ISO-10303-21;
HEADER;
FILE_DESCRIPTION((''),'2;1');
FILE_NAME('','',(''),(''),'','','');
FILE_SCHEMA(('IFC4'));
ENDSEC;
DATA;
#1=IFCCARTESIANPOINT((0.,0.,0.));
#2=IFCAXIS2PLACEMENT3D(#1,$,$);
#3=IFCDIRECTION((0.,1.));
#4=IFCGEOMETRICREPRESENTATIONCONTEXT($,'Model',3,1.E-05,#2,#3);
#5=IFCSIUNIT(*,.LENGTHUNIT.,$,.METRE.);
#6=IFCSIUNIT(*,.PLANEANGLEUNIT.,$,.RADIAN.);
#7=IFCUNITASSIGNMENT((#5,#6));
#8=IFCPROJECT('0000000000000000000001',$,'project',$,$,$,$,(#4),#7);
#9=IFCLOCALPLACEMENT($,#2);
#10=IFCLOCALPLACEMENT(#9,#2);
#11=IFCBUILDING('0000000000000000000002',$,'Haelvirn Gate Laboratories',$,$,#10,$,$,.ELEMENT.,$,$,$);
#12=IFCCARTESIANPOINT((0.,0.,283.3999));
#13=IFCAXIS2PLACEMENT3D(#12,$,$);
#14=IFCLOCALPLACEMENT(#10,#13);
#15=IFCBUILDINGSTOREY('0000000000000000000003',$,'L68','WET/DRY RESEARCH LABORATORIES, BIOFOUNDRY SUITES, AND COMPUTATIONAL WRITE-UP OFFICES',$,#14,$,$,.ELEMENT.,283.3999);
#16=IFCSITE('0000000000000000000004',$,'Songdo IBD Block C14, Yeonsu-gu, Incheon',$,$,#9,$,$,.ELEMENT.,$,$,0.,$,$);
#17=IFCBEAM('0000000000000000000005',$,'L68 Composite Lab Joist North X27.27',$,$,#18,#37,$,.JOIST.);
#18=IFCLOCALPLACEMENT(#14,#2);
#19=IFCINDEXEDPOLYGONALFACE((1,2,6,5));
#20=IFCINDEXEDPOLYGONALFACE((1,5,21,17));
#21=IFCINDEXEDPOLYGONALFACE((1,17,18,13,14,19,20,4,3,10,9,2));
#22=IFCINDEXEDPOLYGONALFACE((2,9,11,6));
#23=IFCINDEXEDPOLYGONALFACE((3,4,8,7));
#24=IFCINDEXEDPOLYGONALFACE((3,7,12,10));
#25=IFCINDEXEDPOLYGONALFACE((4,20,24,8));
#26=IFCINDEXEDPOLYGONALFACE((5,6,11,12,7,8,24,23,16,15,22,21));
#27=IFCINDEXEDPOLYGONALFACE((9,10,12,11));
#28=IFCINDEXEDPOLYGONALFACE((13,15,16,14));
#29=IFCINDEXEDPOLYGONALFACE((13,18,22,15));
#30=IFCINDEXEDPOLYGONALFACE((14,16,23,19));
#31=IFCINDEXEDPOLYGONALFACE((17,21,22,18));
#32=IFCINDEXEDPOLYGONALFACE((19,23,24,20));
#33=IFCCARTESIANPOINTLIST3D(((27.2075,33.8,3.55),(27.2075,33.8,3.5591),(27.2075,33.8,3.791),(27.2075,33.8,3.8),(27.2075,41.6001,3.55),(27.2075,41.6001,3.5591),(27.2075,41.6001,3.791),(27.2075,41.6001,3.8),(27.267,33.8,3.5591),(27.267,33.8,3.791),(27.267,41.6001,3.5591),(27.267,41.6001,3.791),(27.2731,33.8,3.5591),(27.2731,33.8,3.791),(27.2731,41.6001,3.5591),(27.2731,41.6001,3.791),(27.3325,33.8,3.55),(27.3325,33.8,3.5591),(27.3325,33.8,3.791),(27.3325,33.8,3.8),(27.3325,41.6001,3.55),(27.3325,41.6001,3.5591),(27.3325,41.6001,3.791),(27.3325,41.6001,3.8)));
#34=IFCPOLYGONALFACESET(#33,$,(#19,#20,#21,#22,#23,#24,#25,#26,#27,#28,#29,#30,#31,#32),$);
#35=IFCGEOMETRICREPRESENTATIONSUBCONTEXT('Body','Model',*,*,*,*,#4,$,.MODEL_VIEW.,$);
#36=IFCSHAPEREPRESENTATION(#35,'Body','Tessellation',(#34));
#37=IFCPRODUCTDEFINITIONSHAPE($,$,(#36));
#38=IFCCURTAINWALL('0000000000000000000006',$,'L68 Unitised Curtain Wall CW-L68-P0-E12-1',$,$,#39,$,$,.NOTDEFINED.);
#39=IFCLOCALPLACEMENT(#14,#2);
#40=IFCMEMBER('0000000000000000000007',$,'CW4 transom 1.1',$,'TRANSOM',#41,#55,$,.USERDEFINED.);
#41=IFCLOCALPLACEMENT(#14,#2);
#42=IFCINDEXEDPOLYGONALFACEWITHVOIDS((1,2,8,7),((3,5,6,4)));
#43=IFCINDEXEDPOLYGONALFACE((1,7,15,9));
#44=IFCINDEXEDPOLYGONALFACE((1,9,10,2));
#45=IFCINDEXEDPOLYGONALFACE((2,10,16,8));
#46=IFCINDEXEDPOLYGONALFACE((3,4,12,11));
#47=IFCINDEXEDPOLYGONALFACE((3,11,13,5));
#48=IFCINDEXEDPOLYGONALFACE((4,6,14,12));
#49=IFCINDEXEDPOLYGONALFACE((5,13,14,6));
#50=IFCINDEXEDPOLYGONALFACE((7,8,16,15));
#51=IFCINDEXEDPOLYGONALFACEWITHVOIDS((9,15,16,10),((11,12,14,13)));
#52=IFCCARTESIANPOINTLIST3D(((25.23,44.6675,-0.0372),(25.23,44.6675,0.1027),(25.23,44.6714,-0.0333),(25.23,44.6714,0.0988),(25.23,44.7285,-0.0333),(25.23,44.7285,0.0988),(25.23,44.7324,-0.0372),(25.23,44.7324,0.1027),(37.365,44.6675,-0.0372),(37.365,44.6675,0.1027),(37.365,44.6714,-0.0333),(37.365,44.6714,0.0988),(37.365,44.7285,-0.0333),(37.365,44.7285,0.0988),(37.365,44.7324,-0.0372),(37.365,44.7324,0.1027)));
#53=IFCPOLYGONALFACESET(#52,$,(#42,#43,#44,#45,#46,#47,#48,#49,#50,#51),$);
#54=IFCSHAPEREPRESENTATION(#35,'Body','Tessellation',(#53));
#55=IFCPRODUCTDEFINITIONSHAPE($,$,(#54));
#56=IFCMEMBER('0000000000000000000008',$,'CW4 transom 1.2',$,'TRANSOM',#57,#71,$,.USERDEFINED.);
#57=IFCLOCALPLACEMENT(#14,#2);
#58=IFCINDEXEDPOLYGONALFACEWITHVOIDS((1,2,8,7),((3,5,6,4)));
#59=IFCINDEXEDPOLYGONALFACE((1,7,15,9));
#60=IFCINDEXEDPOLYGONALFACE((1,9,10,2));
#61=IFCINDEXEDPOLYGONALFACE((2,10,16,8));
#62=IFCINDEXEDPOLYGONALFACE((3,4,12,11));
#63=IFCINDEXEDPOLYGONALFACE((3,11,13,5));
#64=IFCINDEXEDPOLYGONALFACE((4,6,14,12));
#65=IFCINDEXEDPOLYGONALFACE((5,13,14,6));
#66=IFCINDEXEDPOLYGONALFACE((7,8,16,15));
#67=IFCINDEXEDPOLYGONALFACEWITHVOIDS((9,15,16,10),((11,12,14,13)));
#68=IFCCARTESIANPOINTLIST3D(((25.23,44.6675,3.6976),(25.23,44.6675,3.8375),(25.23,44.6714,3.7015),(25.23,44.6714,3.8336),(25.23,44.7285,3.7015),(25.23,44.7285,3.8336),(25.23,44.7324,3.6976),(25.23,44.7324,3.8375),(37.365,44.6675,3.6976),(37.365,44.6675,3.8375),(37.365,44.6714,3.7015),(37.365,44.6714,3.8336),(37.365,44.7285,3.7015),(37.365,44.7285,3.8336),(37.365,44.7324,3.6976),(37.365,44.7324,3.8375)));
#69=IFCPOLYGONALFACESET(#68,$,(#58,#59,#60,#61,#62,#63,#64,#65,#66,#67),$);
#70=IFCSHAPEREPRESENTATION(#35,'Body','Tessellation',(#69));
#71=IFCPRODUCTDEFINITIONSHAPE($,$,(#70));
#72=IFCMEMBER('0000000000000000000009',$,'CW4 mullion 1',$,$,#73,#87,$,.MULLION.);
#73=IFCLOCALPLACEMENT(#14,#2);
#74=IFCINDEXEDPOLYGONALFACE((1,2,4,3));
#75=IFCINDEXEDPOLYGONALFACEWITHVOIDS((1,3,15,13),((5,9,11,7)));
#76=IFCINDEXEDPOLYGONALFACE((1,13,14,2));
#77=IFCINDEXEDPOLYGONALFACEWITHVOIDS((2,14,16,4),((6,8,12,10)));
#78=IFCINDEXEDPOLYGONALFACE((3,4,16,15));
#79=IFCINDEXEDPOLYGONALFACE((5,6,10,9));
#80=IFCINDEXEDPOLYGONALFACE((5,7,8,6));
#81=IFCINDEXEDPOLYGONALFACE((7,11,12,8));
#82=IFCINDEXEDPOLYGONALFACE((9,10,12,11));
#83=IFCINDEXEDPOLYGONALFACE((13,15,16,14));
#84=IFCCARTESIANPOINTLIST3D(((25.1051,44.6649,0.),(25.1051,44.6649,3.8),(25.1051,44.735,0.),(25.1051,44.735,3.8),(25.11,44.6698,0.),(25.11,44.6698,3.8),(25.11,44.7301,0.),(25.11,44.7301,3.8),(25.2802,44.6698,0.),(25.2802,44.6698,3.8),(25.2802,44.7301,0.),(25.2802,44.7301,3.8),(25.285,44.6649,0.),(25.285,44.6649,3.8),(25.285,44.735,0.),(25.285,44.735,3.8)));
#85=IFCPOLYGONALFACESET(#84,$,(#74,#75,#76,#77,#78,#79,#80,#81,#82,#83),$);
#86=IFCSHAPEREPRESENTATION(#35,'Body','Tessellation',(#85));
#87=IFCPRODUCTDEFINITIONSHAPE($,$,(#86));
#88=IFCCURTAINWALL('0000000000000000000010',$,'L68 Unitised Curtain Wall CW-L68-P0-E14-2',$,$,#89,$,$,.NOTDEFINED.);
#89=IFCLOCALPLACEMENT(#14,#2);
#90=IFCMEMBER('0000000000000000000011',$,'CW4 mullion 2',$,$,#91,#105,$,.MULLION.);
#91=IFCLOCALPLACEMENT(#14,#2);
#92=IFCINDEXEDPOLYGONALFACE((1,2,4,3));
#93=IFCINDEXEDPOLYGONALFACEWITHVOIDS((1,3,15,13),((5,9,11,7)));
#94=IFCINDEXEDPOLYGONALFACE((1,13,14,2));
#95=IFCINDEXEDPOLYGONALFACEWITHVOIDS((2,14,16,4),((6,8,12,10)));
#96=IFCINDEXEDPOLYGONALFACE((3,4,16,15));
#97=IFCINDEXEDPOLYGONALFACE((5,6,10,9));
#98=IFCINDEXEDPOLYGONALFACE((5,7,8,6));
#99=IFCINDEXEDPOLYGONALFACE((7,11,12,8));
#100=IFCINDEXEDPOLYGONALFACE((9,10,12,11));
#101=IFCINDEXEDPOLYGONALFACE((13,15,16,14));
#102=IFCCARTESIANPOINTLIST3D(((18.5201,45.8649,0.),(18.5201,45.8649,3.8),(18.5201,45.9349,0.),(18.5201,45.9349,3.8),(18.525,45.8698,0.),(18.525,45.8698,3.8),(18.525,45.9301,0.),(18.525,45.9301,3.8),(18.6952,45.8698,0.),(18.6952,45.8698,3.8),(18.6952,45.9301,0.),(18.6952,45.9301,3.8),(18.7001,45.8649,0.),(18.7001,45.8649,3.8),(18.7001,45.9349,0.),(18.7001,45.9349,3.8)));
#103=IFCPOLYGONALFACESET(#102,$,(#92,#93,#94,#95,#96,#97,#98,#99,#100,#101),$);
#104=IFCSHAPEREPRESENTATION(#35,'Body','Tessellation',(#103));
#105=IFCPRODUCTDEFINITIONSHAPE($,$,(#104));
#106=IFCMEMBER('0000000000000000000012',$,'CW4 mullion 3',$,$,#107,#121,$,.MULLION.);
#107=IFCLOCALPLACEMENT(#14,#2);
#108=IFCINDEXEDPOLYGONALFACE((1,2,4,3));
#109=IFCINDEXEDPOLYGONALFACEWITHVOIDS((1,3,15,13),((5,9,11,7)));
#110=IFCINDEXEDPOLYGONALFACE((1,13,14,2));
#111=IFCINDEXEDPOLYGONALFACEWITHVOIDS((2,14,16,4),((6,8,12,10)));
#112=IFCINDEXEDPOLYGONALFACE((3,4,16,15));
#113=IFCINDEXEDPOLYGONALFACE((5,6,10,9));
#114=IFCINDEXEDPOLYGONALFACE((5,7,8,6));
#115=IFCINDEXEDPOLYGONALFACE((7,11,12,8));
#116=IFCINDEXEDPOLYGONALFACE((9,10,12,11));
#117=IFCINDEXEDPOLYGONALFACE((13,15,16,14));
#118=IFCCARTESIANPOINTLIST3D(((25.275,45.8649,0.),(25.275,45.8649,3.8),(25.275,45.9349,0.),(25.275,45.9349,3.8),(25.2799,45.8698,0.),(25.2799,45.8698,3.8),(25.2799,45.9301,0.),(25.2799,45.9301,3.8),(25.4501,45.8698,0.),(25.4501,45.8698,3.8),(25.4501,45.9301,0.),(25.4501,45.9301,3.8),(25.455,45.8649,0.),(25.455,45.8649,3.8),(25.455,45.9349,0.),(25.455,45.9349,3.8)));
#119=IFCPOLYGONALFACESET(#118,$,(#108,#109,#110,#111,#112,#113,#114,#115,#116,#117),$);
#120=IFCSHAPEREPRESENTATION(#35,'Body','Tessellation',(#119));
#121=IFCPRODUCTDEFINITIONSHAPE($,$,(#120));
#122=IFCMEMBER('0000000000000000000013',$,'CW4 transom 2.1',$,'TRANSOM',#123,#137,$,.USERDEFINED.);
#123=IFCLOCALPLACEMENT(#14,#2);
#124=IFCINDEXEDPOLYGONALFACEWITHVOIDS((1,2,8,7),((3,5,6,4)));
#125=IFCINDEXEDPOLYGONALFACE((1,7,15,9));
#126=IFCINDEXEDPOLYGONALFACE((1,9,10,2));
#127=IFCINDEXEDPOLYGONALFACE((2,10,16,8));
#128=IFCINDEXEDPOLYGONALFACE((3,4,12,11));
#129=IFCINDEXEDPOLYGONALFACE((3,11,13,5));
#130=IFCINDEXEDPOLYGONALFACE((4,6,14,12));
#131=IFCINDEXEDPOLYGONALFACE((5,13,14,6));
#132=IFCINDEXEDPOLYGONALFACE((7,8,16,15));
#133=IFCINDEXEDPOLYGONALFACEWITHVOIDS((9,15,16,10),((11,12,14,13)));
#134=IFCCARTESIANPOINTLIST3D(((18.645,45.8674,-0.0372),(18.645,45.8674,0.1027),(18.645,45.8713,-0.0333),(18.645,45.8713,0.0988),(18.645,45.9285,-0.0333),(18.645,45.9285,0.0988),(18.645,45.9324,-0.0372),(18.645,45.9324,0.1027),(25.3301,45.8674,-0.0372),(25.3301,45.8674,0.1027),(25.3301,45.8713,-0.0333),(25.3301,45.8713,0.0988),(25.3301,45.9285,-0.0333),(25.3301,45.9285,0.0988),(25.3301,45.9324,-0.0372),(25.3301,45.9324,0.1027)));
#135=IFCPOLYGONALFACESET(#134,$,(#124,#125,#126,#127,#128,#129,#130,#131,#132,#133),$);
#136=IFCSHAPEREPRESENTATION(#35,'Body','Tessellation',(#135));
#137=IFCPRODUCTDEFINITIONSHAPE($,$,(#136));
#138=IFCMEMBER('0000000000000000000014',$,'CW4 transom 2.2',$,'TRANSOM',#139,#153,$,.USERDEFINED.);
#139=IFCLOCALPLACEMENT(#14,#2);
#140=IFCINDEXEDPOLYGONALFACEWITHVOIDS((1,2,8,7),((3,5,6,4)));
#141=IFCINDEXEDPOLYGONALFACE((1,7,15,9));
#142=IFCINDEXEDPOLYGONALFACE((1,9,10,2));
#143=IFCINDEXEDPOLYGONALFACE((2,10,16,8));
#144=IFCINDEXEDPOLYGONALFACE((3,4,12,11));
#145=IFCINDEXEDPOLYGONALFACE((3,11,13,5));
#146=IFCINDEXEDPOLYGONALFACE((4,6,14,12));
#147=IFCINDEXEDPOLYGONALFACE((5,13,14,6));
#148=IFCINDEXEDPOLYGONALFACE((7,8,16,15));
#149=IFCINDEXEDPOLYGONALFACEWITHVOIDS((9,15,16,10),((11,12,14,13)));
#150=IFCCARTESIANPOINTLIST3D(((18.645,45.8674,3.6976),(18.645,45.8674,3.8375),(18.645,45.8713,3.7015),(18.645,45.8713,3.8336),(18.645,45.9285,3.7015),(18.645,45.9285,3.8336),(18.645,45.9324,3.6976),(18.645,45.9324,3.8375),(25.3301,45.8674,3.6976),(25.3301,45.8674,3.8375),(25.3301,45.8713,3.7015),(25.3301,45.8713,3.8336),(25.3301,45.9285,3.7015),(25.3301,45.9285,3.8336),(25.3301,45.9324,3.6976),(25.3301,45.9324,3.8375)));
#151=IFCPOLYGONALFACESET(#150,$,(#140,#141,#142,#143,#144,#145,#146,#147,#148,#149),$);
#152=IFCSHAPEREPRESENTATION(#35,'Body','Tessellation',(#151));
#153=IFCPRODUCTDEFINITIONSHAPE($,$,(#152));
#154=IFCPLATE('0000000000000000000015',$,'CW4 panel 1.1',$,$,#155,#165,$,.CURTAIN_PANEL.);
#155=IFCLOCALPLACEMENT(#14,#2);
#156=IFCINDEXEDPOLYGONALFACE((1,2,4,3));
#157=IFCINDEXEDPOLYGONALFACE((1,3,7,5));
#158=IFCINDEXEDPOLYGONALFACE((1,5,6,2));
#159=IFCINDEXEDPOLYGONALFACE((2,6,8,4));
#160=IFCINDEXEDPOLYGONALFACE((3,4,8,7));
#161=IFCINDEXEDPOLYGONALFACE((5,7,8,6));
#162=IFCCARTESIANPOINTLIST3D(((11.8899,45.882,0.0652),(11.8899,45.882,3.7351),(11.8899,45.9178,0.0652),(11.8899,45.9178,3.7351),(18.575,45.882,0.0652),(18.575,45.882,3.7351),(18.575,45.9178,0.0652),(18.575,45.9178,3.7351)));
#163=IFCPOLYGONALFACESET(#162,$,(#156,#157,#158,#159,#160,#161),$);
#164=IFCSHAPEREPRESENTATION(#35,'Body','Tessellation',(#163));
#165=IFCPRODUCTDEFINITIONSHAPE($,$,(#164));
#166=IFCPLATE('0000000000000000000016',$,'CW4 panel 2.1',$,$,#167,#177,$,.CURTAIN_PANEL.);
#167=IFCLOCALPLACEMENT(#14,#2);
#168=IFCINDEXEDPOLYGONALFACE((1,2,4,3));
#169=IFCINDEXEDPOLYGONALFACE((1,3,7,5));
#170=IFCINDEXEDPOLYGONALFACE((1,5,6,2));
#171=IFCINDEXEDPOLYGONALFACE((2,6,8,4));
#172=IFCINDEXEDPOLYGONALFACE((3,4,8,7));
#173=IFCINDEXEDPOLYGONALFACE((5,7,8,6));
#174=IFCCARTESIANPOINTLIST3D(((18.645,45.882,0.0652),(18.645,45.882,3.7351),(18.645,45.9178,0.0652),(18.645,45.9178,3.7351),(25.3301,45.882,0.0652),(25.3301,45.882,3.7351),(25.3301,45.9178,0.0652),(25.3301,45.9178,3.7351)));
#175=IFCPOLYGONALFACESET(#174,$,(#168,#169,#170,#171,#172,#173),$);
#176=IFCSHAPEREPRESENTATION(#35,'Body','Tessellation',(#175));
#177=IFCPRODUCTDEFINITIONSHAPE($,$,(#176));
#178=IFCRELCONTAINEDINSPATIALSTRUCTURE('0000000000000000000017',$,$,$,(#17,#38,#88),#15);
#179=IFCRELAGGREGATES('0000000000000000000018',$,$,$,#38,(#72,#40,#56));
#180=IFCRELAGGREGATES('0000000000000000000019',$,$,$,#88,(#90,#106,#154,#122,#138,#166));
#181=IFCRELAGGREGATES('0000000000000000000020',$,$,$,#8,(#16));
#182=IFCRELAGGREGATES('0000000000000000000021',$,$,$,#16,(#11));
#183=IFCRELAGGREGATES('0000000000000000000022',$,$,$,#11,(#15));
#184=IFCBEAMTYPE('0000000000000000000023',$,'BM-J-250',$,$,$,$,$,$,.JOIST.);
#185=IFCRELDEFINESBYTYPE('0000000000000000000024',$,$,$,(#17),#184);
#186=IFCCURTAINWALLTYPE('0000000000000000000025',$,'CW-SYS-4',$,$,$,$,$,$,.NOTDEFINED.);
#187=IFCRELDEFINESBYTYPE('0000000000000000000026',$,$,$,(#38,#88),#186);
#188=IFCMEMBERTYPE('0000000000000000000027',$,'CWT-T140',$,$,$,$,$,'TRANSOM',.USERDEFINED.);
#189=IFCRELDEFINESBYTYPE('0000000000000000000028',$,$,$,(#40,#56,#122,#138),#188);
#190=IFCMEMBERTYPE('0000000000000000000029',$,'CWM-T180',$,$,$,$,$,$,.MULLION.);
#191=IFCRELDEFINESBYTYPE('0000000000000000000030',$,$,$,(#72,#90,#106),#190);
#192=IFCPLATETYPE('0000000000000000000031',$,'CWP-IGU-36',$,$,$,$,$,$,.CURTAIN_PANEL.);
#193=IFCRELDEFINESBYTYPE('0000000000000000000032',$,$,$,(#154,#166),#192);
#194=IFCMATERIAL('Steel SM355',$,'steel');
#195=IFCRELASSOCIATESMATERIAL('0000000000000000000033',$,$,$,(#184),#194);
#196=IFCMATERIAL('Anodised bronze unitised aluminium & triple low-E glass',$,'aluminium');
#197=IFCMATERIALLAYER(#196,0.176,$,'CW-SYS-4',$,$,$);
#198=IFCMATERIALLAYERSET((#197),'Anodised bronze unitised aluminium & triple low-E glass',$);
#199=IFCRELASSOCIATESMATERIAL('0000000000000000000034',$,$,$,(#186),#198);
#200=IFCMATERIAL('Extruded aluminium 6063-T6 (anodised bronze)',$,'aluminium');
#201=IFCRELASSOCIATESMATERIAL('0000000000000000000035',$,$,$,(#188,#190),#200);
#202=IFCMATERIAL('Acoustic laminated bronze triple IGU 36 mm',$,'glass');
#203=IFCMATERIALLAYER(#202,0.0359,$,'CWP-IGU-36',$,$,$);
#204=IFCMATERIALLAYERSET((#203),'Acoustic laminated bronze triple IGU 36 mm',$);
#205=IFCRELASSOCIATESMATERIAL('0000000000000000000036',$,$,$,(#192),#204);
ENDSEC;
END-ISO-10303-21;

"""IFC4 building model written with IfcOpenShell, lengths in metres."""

from ifc_helpers import new_model, si_unit, direction, frame, origin, origin_2d, place, context, subcontext, project, spatial, rectangle, hollow_rectangle, i_section, extrude, source, transform, mapped, material, layer, layer_set, material_profile, profile_set, type_object, type_shapes, element, aggregate, save


model = new_model("IFC4")

# Units and contexts
model_context = context("Model", 3, precision=1e-05, world=origin(), true_north=direction((0.0, 1.0)))
body_context = subcontext(model_context, "Body", "Model", "MODEL_VIEW")
ifc_project = project(units=[si_unit("LENGTHUNIT", "METRE"), si_unit("PLANEANGLEUNIT", "RADIAN")], contexts=[model_context])

# Site, building, storey
site_placement = place(None, origin())
site = spatial("IfcSite", under=ifc_project, at=site_placement, Name="Songdo IBD Block C14, Yeonsu-gu, Incheon", CompositionType="ELEMENT", RefElevation=0.0)
building_placement = place(site_placement, origin())
building = spatial("IfcBuilding", under=site, at=building_placement, Name="Haelvirn Gate Laboratories", CompositionType="ELEMENT")
storey_placement = place(building_placement, frame((0.0, 0.0, 283.3999)))
storey = spatial("IfcBuildingStorey", under=building, at=storey_placement, Name="L68", Description="WET/DRY RESEARCH LABORATORIES, BIOFOUNDRY SUITES, AND COMPUTATIONAL WRITE-UP OFFICES", CompositionType="ELEMENT", Elevation=283.3999)

# Beam
ifc_material_1 = material(Name="Steel SM355", Category="steel")
ifc_material_profile_1 = material_profile(ifc_material_1, i_section(OverallWidth=0.125, OverallDepth=0.25, WebThickness=0.0061, FlangeThickness=0.009, at=origin_2d()), Name="H-250x125x6x9")
ifc_profile_set_1 = profile_set([ifc_material_profile_1], Name="Steel SM355")
beam_type_1 = type_object("IfcBeamType", Name="BM-J-250", PredefinedType="JOIST", material=ifc_profile_set_1)
shared_shape_1 = source(origin(), body_context, "Body", "SweptSolid", [
    extrude(i_section(OverallWidth=0.125, OverallDepth=0.25, WebThickness=0.0061, FlangeThickness=0.009, at=origin_2d()), origin(), (0.0, 0.0, 1.0), 7.8),
])
type_shapes(beam_type_1, [shared_shape_1])
for number, where, z_axis, x_axis, name in (
    (1, (27.27, 33.8, 3.675), (0.0, 1.0, 0.0), (-1.0, 0.0, 0.0), "L68 Composite Lab Joist North X27.27"),
):
    element("IfcBeam", number, at=place(storey_placement, frame(where, z_axis=z_axis, x_axis=x_axis)), inside=storey, type_object=beam_type_1, Name=name, PredefinedType="JOIST", context=body_context, shape_type="MappedRepresentation", body=[
        mapped(shared_shape_1, transform((0.0, 0.0, 0.0), scale=1.0)),
    ])

# Curtain wall, members
ifc_material_2 = material(Name="Anodised bronze unitised aluminium & triple low-E glass", Category="aluminium")
ifc_layer_1 = layer(ifc_material_2, 0.176, Name="CW-SYS-4")
ifc_layer_set_1 = layer_set([ifc_layer_1], Name="Anodised bronze unitised aluminium & triple low-E glass")
curtain_wall_type = type_object("IfcCurtainWallType", Name="CW-SYS-4", PredefinedType="NOTDEFINED", material=ifc_layer_set_1)
curtain_wall_1_placement = place(storey_placement, origin())
curtain_wall_1 = element("IfcCurtainWall", 2, at=curtain_wall_1_placement, inside=storey, type_object=curtain_wall_type, Name="L68 Unitised Curtain Wall CW-L68-P0-E12-1", PredefinedType="NOTDEFINED")
ifc_material_3 = material(Name="Extruded aluminium 6063-T6 (anodised bronze)", Category="aluminium")
ifc_material_profile_2 = material_profile(ifc_material_3, hollow_rectangle(XDim=0.0649, YDim=0.1399, WallThickness=0.0039, at=origin_2d()), Name="CWT-140x65x4")
ifc_profile_set_2 = profile_set([ifc_material_profile_2], Name="Extruded aluminium 6063-T6 (anodised bronze)")
member_type_1 = type_object("IfcMemberType", Name="CWT-T140", ElementType="TRANSOM", PredefinedType="USERDEFINED", material=ifc_profile_set_2)
shared_shape_2 = source(origin(), body_context, "Body", "SweptSolid", [
    extrude(hollow_rectangle(XDim=0.0649, YDim=0.1399, WallThickness=0.0039, at=origin_2d()), origin(), (0.0, 0.0, 1.0), 12.135),
])
member_1_placement = place(storey_placement, frame((25.23, 44.7, 0.0327), z_axis=(1.0, 0.0, 0.0), x_axis=(0.0, 1.0, 0.0)))
member_1 = element("IfcMember", 3, at=member_1_placement, type_object=member_type_1, Name="CW4 transom 1.1", ObjectType="TRANSOM", PredefinedType="USERDEFINED", context=body_context, shape_type="MappedRepresentation", body=[
    mapped(shared_shape_2, transform((0.0, 0.0, 0.0), scale=1.0)),
])
member_2_placement = place(storey_placement, frame((25.23, 44.7, 3.7676), z_axis=(1.0, 0.0, 0.0), x_axis=(0.0, 1.0, 0.0)))
member_2 = element("IfcMember", 4, at=member_2_placement, type_object=member_type_1, Name="CW4 transom 1.2", ObjectType="TRANSOM", PredefinedType="USERDEFINED", context=body_context, shape_type="MappedRepresentation", body=[
    mapped(shared_shape_2, transform((0.0, 0.0, 0.0), scale=1.0)),
])
ifc_material_profile_3 = material_profile(ifc_material_3, hollow_rectangle(XDim=0.0701, YDim=0.1799, WallThickness=0.0049, at=origin_2d()), Name="CWM-180x70x5")
ifc_profile_set_3 = profile_set([ifc_material_profile_3], Name="Extruded aluminium 6063-T6 (anodised bronze)")
member_type_2 = type_object("IfcMemberType", Name="CWM-T180", PredefinedType="MULLION", material=ifc_profile_set_3)
shared_shape_3 = source(origin(), body_context, "Body", "SweptSolid", [
    extrude(hollow_rectangle(XDim=0.0701, YDim=0.1799, WallThickness=0.0049, at=origin_2d()), origin(), (0.0, 0.0, 1.0), 3.8),
])
type_shapes(member_type_2, [shared_shape_3])
member_3_placement = place(storey_placement, frame((25.1951, 44.7, 0.0), z_axis=(0.0, 0.0, 1.0), x_axis=(0.0, 1.0, 0.0)))
member_3 = element("IfcMember", 5, at=member_3_placement, type_object=member_type_2, Name="CW4 mullion 1", PredefinedType="MULLION", context=body_context, shape_type="MappedRepresentation", body=[
    mapped(shared_shape_3, transform((0.0, 0.0, 0.0), scale=1.0)),
])
aggregate(curtain_wall_1, [member_3, member_1, member_2])

# Curtain wall, members, plates
curtain_wall_2_placement = place(storey_placement, origin())
curtain_wall_2 = element("IfcCurtainWall", 6, at=curtain_wall_2_placement, inside=storey, type_object=curtain_wall_type, Name="L68 Unitised Curtain Wall CW-L68-P0-E14-2", PredefinedType="NOTDEFINED")
member_4_placement = place(storey_placement, frame((18.6101, 45.8999, 0.0), z_axis=(0.0, 0.0, 1.0), x_axis=(0.0, 1.0, 0.0)))
member_4 = element("IfcMember", 7, at=member_4_placement, type_object=member_type_2, Name="CW4 mullion 2", PredefinedType="MULLION", context=body_context, shape_type="MappedRepresentation", body=[
    mapped(shared_shape_3, transform((0.0, 0.0, 0.0), scale=1.0)),
])
member_5_placement = place(storey_placement, frame((25.365, 45.8999, 0.0), z_axis=(0.0, 0.0, 1.0), x_axis=(0.0, 1.0, 0.0)))
member_5 = element("IfcMember", 8, at=member_5_placement, type_object=member_type_2, Name="CW4 mullion 3", PredefinedType="MULLION", context=body_context, shape_type="MappedRepresentation", body=[
    mapped(shared_shape_3, transform((0.0, 0.0, 0.0), scale=1.0)),
])
shared_shape_4 = source(origin(), body_context, "Body", "SweptSolid", [
    extrude(hollow_rectangle(XDim=0.0649, YDim=0.1399, WallThickness=0.0039, at=origin_2d()), origin(), (0.0, 0.0, 1.0), 6.6851),
])
type_shapes(member_type_1, [shared_shape_2, shared_shape_4])
member_6_placement = place(storey_placement, frame((18.645, 45.8999, 0.0327), z_axis=(1.0, 0.0, 0.0), x_axis=(0.0, 1.0, 0.0)))
member_6 = element("IfcMember", 9, at=member_6_placement, type_object=member_type_1, Name="CW4 transom 2.1", ObjectType="TRANSOM", PredefinedType="USERDEFINED", context=body_context, shape_type="MappedRepresentation", body=[
    mapped(shared_shape_4, transform((0.0, 0.0, 0.0), scale=1.0)),
])
member_7_placement = place(storey_placement, frame((18.645, 45.8999, 3.7676), z_axis=(1.0, 0.0, 0.0), x_axis=(0.0, 1.0, 0.0)))
member_7 = element("IfcMember", 10, at=member_7_placement, type_object=member_type_1, Name="CW4 transom 2.2", ObjectType="TRANSOM", PredefinedType="USERDEFINED", context=body_context, shape_type="MappedRepresentation", body=[
    mapped(shared_shape_4, transform((0.0, 0.0, 0.0), scale=1.0)),
])
ifc_material_4 = material(Name="Acoustic laminated bronze triple IGU 36 mm", Category="glass")
ifc_layer_2 = layer(ifc_material_4, 0.0359, Name="CWP-IGU-36")
ifc_layer_set_2 = layer_set([ifc_layer_2], Name="Acoustic laminated bronze triple IGU 36 mm")
plate_type = type_object("IfcPlateType", Name="CWP-IGU-36", PredefinedType="CURTAIN_PANEL", material=ifc_layer_set_2)
shared_shape_5 = source(origin(), body_context, "Body", "SweptSolid", [
    extrude(rectangle(XDim=6.6851, YDim=0.0359, at=origin_2d()), origin(), (0.0, 0.0, 1.0), 3.6699),
])
type_shapes(plate_type, [shared_shape_5])
plate_1_placement = place(storey_placement, frame((15.2324, 45.8999, 0.0652), z_axis=(0.0, 0.0, 1.0), x_axis=(1.0, 0.0, 0.0)))
plate_1 = element("IfcPlate", 11, at=plate_1_placement, type_object=plate_type, Name="CW4 panel 1.1", PredefinedType="CURTAIN_PANEL", context=body_context, shape_type="MappedRepresentation", body=[
    mapped(shared_shape_5, transform((0.0, 0.0, 0.0), scale=1.0)),
])
plate_2_placement = place(storey_placement, frame((21.9875, 45.8999, 0.0652), z_axis=(0.0, 0.0, 1.0), x_axis=(1.0, 0.0, 0.0)))
plate_2 = element("IfcPlate", 12, at=plate_2_placement, type_object=plate_type, Name="CW4 panel 2.1", PredefinedType="CURTAIN_PANEL", context=body_context, shape_type="MappedRepresentation", body=[
    mapped(shared_shape_5, transform((0.0, 0.0, 0.0), scale=1.0)),
])
aggregate(curtain_wall_2, [member_4, member_5, plate_1, member_6, member_7, plate_2])

save(model, "model.ifc")
